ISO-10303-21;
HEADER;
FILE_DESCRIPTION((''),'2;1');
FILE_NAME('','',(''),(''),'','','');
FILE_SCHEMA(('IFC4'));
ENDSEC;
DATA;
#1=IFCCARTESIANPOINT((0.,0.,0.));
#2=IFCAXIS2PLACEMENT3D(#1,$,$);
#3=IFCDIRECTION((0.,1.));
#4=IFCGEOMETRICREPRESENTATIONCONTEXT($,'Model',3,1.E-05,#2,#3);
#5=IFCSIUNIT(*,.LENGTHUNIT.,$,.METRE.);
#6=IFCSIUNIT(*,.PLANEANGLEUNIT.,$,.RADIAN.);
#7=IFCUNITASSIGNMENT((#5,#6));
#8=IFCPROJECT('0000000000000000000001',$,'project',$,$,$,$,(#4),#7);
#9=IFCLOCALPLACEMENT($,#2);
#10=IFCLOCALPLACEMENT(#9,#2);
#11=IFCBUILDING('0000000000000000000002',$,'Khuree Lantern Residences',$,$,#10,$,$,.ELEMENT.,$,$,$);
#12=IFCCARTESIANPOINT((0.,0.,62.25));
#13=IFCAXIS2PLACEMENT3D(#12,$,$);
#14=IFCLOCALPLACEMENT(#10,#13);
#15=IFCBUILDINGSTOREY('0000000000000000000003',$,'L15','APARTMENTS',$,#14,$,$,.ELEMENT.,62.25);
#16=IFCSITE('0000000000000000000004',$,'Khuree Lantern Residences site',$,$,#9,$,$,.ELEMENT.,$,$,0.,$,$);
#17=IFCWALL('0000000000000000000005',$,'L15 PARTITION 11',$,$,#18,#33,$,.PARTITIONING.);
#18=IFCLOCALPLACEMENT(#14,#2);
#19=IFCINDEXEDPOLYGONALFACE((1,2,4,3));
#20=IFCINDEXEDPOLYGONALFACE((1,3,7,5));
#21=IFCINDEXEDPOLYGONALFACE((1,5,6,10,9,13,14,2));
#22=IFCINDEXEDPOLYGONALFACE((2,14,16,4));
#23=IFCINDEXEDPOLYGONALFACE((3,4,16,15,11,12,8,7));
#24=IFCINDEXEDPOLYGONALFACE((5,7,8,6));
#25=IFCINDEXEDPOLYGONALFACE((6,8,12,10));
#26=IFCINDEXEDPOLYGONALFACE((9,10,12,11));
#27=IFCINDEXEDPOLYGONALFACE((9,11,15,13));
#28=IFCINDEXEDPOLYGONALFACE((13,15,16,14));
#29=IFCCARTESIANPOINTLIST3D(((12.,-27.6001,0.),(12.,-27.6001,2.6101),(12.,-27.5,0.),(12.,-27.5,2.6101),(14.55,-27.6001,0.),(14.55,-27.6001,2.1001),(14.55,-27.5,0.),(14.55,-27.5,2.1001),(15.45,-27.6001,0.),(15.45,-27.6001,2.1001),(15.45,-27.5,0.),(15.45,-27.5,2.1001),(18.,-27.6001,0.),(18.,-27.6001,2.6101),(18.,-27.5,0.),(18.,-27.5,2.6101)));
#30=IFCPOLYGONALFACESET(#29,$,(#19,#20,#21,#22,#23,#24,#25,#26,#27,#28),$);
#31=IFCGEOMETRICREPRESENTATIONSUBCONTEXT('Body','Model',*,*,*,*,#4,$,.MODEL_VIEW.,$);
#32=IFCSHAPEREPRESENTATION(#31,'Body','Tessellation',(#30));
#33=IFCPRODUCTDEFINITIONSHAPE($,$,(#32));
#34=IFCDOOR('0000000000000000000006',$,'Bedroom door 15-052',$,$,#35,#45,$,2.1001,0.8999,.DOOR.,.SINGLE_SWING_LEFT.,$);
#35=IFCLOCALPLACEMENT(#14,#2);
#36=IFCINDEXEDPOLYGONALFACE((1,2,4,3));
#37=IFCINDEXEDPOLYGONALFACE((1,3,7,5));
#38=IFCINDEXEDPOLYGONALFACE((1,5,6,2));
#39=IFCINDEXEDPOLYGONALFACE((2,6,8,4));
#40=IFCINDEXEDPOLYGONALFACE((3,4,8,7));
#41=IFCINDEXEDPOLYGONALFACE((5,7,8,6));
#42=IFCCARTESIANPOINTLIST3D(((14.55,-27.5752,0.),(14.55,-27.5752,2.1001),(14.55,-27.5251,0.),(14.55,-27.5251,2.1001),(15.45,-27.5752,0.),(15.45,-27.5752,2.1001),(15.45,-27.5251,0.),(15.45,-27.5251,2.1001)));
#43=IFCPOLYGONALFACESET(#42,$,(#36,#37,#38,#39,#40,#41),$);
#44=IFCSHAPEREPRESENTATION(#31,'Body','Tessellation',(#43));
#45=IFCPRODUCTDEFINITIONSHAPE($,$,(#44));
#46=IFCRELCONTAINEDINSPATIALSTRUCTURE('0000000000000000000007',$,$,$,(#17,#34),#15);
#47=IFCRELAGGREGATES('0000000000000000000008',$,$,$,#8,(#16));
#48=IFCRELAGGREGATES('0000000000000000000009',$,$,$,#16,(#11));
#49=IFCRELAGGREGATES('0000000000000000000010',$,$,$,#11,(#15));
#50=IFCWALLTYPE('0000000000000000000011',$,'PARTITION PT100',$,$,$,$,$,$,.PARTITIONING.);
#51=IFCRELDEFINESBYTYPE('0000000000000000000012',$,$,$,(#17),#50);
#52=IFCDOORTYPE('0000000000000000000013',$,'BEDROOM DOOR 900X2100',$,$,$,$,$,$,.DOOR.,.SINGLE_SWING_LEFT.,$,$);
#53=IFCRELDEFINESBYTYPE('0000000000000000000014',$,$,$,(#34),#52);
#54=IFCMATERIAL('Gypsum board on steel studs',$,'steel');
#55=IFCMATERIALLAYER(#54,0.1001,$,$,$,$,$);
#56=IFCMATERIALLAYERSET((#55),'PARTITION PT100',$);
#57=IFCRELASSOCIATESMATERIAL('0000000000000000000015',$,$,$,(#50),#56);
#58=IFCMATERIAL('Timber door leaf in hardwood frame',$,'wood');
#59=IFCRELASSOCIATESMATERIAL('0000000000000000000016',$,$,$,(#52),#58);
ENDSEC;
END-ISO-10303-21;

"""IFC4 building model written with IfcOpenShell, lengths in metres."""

from ifc_helpers import new_model, si_unit, direction, frame, frame_2d, origin, place, context, subcontext, project, spatial, rectangle, extrude, material, layer, layer_set, type_object, element, fill, save


model = new_model("IFC4")

# Units and contexts
model_context = context("Model", 3, precision=1e-05, world=origin(), true_north=direction((0.0, 1.0)))
body_context = subcontext(model_context, "Body", "Model", "MODEL_VIEW")
ifc_project = project(units=[si_unit("LENGTHUNIT", "METRE"), si_unit("PLANEANGLEUNIT", "RADIAN")], contexts=[model_context])

# Site, building, storey
site_placement = place(None, origin())
site = spatial("IfcSite", under=ifc_project, at=site_placement, Name="Khuree Lantern Residences site", CompositionType="ELEMENT", RefElevation=0.0)
building_placement = place(site_placement, origin())
building = spatial("IfcBuilding", under=site, at=building_placement, Name="Khuree Lantern Residences", CompositionType="ELEMENT")
storey_placement = place(building_placement, frame((0.0, 0.0, 62.25)))
storey = spatial("IfcBuildingStorey", under=building, at=storey_placement, Name="L15", Description="APARTMENTS", CompositionType="ELEMENT", Elevation=62.25)

# Shared definitions
ifc_material_1 = material(Name="Timber door leaf in hardwood frame", Category="wood")

# Shared definitions
ifc_material_2 = material(Name="Gypsum board on steel studs", Category="steel")
ifc_layer_1 = layer(ifc_material_2, 0.1001)
ifc_layer_set_1 = layer_set([ifc_layer_1], Name="PARTITION PT100")
wall_type_1 = type_object("IfcWallType", Name="PARTITION PT100", PredefinedType="PARTITIONING", material=ifc_layer_set_1)

# Wall, opening, door
door_type_1 = type_object("IfcDoorType", Name="BEDROOM DOOR 900X2100", OperationType="SINGLE_SWING_LEFT", PredefinedType="DOOR", material=ifc_material_1)
wall_1_placement = place(storey_placement, frame((12.0, -27.55, 0.0), z_axis=(0.0, 0.0, 1.0), x_axis=(1.0, 0.0, 0.0)))
wall_1 = element("IfcWall", 1, at=wall_1_placement, inside=storey, type_object=wall_type_1, Name="L15 PARTITION 11", PredefinedType="PARTITIONING", context=body_context, shape_type="SweptSolid", body=[
    extrude(rectangle(XDim=6.0, YDim=0.1001, at=frame_2d((3.0, 0.0))), origin(), (0.0, 0.0, 1.0), 2.6101),
])
opening_1_placement = place(wall_1_placement, frame((2.55, 0.0, 0.0)))
opening_1 = element("IfcOpeningElement", 2, at=opening_1_placement, cuts=wall_1, PredefinedType="OPENING", context=body_context, shape_type="SweptSolid", body=[
    extrude(rectangle(XDim=0.8999, YDim=2.1001, at=frame_2d((0.45, 1.05))), frame((0.0, 0.0601, 0.0), z_axis=(0.0, -1.0, 0.0), x_axis=(1.0, 0.0, 0.0)), (0.0, 0.0, 1.0), 0.1201),
])
door_1_placement = place(opening_1_placement, origin())
door_1 = element("IfcDoor", 3, at=door_1_placement, inside=storey, type_object=door_type_1, Name="Bedroom door 15-052", OperationType="SINGLE_SWING_LEFT", OverallHeight=2.1001, OverallWidth=0.8999, PredefinedType="DOOR", context=body_context, shape_type="SweptSolid", body=[
    extrude(rectangle(XDim=0.8999, YDim=2.1001, at=frame_2d((0.45, 1.05))), frame((0.0, 0.0249, 0.0), z_axis=(0.0, -1.0, 0.0), x_axis=(1.0, 0.0, 0.0)), (0.0, 0.0, 1.0), 0.05),
])
fill(opening_1, door_1)

save(model, "model.ifc")
